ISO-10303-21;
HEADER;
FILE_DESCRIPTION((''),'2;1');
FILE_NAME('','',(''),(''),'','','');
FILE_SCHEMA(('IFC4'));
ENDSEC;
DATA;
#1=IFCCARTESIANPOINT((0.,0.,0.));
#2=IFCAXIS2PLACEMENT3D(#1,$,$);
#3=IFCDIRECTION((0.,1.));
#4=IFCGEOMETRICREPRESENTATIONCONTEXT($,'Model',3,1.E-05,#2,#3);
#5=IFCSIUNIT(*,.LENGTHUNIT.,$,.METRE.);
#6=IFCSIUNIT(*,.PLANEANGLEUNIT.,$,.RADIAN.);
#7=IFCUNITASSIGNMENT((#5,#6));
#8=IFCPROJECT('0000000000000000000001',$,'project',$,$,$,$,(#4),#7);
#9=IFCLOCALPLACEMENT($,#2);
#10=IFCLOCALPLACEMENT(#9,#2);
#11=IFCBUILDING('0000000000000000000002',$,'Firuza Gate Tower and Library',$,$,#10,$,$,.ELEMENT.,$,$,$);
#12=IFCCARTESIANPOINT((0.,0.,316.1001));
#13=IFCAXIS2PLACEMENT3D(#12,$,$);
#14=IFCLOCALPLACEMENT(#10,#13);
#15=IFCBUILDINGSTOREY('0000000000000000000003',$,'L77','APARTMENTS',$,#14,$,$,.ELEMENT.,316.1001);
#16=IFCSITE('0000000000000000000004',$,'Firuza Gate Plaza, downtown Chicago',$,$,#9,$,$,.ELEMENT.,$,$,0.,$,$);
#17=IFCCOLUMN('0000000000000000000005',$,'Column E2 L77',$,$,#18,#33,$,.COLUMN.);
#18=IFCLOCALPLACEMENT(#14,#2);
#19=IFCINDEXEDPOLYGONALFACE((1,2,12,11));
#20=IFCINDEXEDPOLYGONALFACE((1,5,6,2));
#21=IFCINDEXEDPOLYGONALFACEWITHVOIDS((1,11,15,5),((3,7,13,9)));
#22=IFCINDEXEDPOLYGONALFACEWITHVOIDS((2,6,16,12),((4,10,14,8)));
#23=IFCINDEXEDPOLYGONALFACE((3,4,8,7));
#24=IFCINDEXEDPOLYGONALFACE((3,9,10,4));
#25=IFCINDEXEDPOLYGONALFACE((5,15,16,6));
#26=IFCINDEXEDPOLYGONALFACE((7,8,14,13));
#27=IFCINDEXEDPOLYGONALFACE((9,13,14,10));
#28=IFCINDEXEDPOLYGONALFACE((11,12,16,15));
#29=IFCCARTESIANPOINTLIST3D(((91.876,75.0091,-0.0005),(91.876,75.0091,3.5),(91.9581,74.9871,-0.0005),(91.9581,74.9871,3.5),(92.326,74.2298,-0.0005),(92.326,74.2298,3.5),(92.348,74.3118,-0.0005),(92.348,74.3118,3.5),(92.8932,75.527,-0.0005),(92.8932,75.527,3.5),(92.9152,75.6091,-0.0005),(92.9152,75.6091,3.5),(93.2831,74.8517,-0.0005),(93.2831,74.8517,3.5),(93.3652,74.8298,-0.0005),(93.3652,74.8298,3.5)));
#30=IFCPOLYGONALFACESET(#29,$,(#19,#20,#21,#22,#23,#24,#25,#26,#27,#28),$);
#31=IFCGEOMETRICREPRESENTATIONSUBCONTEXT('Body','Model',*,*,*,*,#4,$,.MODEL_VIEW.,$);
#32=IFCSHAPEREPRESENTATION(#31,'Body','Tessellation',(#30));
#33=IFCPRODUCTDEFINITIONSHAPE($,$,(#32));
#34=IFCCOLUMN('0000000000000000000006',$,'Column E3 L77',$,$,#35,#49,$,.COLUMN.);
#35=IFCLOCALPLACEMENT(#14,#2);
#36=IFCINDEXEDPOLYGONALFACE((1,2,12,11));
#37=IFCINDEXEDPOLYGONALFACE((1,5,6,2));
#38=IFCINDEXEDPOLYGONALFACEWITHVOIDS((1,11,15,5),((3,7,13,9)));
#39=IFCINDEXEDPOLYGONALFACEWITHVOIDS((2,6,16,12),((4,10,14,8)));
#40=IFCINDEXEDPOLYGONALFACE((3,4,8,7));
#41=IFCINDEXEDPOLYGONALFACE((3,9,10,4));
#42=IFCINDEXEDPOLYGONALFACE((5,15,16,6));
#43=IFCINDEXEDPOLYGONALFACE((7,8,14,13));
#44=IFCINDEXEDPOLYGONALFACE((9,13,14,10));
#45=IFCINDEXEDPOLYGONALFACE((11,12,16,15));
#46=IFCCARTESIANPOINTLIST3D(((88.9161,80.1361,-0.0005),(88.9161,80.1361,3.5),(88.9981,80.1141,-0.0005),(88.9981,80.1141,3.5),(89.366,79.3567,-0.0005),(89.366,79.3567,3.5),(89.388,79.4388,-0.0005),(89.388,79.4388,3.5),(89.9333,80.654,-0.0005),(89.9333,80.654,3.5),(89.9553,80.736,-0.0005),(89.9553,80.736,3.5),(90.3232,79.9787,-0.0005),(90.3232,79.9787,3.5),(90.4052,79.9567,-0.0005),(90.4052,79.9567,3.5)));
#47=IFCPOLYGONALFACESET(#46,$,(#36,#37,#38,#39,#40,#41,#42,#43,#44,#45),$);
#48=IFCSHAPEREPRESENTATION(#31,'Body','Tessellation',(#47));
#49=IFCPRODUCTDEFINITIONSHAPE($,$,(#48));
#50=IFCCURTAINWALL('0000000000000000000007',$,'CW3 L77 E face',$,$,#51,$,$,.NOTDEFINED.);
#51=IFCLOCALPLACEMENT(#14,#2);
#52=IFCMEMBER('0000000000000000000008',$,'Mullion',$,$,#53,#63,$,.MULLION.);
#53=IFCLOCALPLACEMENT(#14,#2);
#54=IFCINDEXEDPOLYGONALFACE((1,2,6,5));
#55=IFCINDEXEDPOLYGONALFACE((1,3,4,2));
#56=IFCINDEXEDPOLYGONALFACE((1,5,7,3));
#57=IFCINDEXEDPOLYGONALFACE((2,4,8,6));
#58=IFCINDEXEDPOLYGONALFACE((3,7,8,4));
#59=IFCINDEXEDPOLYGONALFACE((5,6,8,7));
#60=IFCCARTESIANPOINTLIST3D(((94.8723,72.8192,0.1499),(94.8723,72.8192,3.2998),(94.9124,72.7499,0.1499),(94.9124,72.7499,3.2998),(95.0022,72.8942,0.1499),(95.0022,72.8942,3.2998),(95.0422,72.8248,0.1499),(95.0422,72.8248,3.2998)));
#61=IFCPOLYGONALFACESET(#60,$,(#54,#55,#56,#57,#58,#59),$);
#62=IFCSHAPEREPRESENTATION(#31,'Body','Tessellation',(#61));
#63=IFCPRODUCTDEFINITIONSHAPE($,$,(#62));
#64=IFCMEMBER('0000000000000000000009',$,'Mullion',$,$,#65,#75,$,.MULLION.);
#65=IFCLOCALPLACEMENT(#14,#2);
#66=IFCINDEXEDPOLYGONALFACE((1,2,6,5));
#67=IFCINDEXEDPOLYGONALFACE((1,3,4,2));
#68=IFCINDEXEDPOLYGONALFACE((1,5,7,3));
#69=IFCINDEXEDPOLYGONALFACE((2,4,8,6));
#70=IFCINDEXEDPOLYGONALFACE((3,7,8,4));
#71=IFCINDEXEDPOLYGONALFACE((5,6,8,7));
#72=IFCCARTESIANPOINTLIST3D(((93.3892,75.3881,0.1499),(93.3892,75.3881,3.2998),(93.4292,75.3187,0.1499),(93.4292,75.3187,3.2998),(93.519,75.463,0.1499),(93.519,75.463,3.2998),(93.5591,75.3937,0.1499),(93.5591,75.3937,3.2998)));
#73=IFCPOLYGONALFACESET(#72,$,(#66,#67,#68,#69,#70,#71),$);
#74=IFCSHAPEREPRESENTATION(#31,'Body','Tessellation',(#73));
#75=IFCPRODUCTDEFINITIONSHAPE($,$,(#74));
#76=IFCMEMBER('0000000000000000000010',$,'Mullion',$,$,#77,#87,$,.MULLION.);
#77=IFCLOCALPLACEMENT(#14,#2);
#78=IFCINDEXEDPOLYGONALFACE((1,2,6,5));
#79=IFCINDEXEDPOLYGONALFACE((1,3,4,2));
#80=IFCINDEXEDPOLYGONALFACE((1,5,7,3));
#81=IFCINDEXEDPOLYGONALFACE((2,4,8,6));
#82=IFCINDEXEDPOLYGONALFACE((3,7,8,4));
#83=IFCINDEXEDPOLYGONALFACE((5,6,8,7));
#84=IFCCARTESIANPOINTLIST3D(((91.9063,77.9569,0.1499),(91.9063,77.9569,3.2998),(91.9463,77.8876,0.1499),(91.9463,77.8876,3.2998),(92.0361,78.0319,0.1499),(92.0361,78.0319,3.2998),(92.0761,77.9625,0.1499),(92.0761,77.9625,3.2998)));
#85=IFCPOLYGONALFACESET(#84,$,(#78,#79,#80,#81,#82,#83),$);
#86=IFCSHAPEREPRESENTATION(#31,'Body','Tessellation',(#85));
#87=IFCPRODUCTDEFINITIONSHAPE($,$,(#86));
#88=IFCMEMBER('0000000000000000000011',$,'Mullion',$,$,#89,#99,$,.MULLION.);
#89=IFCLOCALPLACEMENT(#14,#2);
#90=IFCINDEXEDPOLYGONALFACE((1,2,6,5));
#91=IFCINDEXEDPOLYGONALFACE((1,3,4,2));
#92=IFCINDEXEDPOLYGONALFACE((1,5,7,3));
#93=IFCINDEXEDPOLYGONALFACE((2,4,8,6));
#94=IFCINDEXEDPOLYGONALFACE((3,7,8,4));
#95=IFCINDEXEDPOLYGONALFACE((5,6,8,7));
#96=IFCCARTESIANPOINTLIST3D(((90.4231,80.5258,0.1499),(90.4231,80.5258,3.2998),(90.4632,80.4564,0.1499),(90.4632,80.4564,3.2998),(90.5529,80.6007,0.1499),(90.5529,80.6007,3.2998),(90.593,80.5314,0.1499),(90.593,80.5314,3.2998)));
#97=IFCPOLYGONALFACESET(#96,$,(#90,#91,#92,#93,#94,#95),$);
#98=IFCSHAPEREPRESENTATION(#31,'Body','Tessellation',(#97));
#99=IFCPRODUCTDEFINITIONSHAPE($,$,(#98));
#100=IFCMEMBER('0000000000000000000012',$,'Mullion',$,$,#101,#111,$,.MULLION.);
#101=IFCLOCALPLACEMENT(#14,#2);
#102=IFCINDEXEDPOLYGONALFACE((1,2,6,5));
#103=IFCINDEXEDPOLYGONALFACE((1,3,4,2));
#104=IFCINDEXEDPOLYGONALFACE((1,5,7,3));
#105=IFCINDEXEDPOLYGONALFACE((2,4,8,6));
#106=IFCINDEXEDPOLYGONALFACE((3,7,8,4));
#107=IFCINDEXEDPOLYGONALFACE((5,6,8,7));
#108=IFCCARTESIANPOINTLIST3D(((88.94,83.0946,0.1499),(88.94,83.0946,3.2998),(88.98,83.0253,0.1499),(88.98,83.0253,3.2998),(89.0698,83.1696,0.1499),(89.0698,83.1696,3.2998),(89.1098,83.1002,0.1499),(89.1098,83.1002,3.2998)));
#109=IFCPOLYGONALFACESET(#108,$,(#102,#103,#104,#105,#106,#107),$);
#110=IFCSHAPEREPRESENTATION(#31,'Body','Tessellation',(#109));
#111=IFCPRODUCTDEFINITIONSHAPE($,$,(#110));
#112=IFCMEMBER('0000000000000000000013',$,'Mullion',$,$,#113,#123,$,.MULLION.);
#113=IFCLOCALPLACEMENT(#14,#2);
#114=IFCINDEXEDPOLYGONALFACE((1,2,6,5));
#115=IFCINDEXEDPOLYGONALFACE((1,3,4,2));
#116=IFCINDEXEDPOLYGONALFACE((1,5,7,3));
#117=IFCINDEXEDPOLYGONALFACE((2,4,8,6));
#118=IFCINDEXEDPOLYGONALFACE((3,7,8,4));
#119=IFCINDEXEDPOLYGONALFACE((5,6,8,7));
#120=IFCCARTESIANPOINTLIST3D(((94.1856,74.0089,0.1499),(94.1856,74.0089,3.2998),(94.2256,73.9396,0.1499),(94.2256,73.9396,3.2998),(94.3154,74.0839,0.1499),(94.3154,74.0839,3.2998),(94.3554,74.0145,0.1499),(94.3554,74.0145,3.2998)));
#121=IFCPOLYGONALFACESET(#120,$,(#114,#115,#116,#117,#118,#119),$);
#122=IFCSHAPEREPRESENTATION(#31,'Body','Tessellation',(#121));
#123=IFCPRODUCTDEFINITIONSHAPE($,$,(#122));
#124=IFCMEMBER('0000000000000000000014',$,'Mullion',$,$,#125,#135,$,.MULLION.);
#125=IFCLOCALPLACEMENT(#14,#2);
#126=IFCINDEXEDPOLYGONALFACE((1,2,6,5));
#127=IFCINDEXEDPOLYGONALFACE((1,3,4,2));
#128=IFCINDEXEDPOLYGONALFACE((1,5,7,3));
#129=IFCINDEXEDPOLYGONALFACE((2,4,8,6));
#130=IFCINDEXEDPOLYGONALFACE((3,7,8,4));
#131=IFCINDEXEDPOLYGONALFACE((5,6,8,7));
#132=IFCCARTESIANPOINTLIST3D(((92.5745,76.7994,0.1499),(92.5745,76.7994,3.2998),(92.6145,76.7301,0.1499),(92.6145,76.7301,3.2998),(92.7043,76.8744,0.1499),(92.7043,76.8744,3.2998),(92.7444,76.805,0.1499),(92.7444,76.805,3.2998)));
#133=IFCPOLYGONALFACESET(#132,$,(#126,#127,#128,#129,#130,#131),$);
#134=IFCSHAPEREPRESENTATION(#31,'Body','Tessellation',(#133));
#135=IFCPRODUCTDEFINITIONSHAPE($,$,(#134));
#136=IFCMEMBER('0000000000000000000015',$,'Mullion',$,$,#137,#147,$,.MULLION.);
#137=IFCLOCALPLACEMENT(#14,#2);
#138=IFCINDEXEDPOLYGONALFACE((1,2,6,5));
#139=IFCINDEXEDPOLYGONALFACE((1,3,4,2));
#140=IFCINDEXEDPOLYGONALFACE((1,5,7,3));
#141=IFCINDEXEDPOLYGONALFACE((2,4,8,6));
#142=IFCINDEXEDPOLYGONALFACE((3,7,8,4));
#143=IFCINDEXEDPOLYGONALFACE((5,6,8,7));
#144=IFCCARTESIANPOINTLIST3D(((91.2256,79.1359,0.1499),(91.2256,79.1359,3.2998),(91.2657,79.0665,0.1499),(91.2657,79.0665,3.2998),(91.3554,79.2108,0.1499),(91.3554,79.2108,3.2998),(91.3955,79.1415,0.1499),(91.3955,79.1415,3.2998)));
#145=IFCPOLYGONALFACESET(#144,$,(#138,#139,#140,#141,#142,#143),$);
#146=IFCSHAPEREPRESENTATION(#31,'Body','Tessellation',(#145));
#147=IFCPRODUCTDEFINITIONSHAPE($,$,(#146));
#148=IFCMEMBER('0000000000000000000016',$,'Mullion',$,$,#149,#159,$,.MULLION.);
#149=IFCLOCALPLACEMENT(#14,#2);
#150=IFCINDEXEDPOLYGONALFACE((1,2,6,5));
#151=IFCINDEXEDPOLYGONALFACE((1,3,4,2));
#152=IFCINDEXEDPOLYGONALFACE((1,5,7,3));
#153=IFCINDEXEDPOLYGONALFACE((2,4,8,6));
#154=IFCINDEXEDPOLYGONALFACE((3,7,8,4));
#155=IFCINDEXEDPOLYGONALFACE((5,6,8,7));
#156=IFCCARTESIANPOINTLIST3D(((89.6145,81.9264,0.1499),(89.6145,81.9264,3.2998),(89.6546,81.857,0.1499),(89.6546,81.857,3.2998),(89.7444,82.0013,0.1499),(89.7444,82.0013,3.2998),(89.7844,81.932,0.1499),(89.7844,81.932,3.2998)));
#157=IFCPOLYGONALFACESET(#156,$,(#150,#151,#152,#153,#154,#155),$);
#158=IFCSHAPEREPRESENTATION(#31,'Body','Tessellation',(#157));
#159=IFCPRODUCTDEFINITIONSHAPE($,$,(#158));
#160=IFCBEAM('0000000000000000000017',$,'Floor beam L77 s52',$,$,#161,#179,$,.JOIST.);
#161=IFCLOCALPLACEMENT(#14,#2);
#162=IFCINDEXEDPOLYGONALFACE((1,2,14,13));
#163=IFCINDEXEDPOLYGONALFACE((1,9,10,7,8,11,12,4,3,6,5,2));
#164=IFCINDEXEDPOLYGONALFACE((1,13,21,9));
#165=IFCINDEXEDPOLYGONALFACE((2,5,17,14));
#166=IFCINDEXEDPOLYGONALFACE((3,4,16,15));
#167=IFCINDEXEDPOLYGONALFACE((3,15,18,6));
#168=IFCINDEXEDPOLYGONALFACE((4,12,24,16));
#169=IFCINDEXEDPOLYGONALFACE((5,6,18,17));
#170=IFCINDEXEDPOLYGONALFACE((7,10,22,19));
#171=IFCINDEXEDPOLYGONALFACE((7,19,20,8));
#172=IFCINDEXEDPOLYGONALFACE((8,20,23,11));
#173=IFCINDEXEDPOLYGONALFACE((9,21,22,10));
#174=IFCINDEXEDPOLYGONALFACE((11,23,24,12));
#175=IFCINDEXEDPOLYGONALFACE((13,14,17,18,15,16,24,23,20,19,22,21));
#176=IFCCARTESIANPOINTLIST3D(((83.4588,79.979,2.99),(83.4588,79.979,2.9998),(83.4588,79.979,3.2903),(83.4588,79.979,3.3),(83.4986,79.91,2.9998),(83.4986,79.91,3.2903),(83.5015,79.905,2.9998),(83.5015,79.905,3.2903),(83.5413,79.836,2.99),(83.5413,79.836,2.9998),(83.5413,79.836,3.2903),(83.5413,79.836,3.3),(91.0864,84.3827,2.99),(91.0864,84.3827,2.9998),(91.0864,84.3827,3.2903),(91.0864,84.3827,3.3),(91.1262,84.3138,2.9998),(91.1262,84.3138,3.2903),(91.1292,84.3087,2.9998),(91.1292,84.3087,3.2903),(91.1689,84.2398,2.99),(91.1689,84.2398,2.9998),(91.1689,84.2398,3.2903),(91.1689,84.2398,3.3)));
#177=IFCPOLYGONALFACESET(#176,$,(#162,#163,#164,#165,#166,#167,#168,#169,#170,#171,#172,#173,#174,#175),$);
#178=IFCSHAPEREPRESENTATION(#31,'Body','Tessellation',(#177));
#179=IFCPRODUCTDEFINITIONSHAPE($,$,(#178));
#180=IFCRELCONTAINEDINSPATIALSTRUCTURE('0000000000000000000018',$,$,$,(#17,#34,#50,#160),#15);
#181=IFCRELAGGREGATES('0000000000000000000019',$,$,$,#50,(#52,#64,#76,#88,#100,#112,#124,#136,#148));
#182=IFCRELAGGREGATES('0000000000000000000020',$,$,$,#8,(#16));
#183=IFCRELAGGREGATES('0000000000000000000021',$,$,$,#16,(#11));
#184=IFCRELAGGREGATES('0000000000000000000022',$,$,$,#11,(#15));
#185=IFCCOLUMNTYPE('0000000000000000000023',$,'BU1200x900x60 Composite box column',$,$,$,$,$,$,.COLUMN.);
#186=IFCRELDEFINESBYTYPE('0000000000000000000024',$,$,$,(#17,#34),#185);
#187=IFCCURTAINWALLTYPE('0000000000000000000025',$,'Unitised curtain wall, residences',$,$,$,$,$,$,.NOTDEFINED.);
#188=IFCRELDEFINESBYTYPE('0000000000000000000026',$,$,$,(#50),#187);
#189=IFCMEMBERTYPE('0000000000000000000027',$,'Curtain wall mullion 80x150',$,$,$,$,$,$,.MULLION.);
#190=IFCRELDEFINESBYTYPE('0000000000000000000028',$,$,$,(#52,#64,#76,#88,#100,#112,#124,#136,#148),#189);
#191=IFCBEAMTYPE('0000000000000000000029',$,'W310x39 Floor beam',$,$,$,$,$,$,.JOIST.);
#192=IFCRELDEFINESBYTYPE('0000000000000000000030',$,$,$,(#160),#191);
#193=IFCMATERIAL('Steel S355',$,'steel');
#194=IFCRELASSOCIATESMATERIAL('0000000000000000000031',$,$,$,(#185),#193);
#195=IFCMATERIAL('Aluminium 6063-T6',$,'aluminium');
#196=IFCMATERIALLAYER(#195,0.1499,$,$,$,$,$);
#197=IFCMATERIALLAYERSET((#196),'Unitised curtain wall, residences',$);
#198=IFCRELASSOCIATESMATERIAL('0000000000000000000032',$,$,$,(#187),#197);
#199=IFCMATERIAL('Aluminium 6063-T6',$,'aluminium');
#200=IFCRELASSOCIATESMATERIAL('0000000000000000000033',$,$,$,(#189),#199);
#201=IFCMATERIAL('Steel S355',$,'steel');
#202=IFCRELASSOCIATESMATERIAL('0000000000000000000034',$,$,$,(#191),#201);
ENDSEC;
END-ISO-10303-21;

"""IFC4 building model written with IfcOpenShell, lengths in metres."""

from ifc_helpers import new_model, si_unit, direction, frame, origin, origin_2d, place, context, subcontext, project, spatial, rectangle, hollow_rectangle, i_section, extrude, material, layer, layer_set, material_profile, profile_set, type_object, element, aggregate, save


model = new_model("IFC4")

# Units and contexts
model_context = context("Model", 3, precision=1e-05, world=origin(), true_north=direction((0.0, 1.0)))
body_context = subcontext(model_context, "Body", "Model", "MODEL_VIEW")
ifc_project = project(units=[si_unit("LENGTHUNIT", "METRE"), si_unit("PLANEANGLEUNIT", "RADIAN")], contexts=[model_context])

# Site, building, storey
site_placement = place(None, origin())
site = spatial("IfcSite", under=ifc_project, at=site_placement, Name="Firuza Gate Plaza, downtown Chicago", CompositionType="ELEMENT", RefElevation=0.0)
building_placement = place(site_placement, origin())
building = spatial("IfcBuilding", under=site, at=building_placement, Name="Firuza Gate Tower and Library", CompositionType="ELEMENT")
storey_placement = place(building_placement, frame((0.0, 0.0, 316.1001)))
storey = spatial("IfcBuildingStorey", under=building, at=storey_placement, Name="L77", Description="APARTMENTS", CompositionType="ELEMENT", Elevation=316.1001)

# Columns
ifc_material_1 = material(Name="Steel S355", Category="steel")
ifc_material_profile_1 = material_profile(ifc_material_1, hollow_rectangle(XDim=0.8999, YDim=1.2, WallThickness=0.0601, at=origin_2d()))
ifc_profile_set_1 = profile_set([ifc_material_profile_1], Name="Steel S355")
column_type = type_object("IfcColumnType", Name="BU1200x900x60 Composite box column", PredefinedType="COLUMN", material=ifc_profile_set_1)
for number, where, z_axis, x_axis, name in (
    (1, (92.6206, 74.9194, -0.0005), (0.0, 0.0, 1.0), (-0.5, 0.866025, 0.0), "Column E2 L77"),
    (2, (89.6606, 80.0464, -0.0005), (0.0, 0.0, 1.0), (-0.5, 0.866025, 0.0), "Column E3 L77"),
):
    element("IfcColumn", number, at=place(storey_placement, frame(where, z_axis=z_axis, x_axis=x_axis)), inside=storey, type_object=column_type, Name=name, PredefinedType="COLUMN", context=body_context, shape_type="SweptSolid", body=[
        extrude(hollow_rectangle(XDim=0.8999, YDim=1.2, WallThickness=0.0601, at=origin_2d()), origin(), (0.0, 0.0, 1.0), 3.5005),
    ])

# Curtain wall, members
ifc_material_2 = material(Name="Aluminium 6063-T6", Category="aluminium")
ifc_layer_1 = layer(ifc_material_2, 0.1499)
ifc_layer_set_1 = layer_set([ifc_layer_1], Name="Unitised curtain wall, residences")
curtain_wall_type = type_object("IfcCurtainWallType", Name="Unitised curtain wall, residences", PredefinedType="NOTDEFINED", material=ifc_layer_set_1)
curtain_wall_placement = place(storey_placement, origin())
curtain_wall = element("IfcCurtainWall", 3, at=curtain_wall_placement, inside=storey, type_object=curtain_wall_type, Name="CW3 L77 E face", PredefinedType="NOTDEFINED")
ifc_material_3 = material(Name="Aluminium 6063-T6", Category="aluminium")
ifc_material_profile_2 = material_profile(ifc_material_3, rectangle(XDim=0.1499, YDim=0.0801, at=origin_2d()))
ifc_profile_set_2 = profile_set([ifc_material_profile_2], Name="Aluminium 6063-T6")
member_type = type_object("IfcMemberType", Name="Curtain wall mullion 80x150", PredefinedType="MULLION", material=ifc_profile_set_2)
member_1_placement = place(storey_placement, frame((94.9573, 72.822, 0.1499), z_axis=(0.0, 0.0, 1.0), x_axis=(-0.866025, -0.5, 0.0)))
member_1 = element("IfcMember", 4, at=member_1_placement, type_object=member_type, Name="Mullion", PredefinedType="MULLION", context=body_context, shape_type="SweptSolid", body=[
    extrude(rectangle(XDim=0.1499, YDim=0.0801, at=origin_2d()), origin(), (0.0, 0.0, 1.0), 3.1499),
])
member_2_placement = place(storey_placement, frame((93.4741, 75.3909, 0.1499), z_axis=(0.0, 0.0, 1.0), x_axis=(-0.866025, -0.5, 0.0)))
member_2 = element("IfcMember", 5, at=member_2_placement, type_object=member_type, Name="Mullion", PredefinedType="MULLION", context=body_context, shape_type="SweptSolid", body=[
    extrude(rectangle(XDim=0.1499, YDim=0.0801, at=origin_2d()), origin(), (0.0, 0.0, 1.0), 3.1499),
])
member_3_placement = place(storey_placement, frame((91.9912, 77.9597, 0.1499), z_axis=(0.0, 0.0, 1.0), x_axis=(-0.866025, -0.5, 0.0)))
member_3 = element("IfcMember", 6, at=member_3_placement, type_object=member_type, Name="Mullion", PredefinedType="MULLION", context=body_context, shape_type="SweptSolid", body=[
    extrude(rectangle(XDim=0.1499, YDim=0.0801, at=origin_2d()), origin(), (0.0, 0.0, 1.0), 3.1499),
])
member_4_placement = place(storey_placement, frame((90.5081, 80.5286, 0.1499), z_axis=(0.0, 0.0, 1.0), x_axis=(-0.866025, -0.5, 0.0)))
member_4 = element("IfcMember", 7, at=member_4_placement, type_object=member_type, Name="Mullion", PredefinedType="MULLION", context=body_context, shape_type="SweptSolid", body=[
    extrude(rectangle(XDim=0.1499, YDim=0.0801, at=origin_2d()), origin(), (0.0, 0.0, 1.0), 3.1499),
])
member_5_placement = place(storey_placement, frame((89.0249, 83.0974, 0.1499), z_axis=(0.0, 0.0, 1.0), x_axis=(-0.866025, -0.5, 0.0)))
member_5 = element("IfcMember", 8, at=member_5_placement, type_object=member_type, Name="Mullion", PredefinedType="MULLION", context=body_context, shape_type="SweptSolid", body=[
    extrude(rectangle(XDim=0.1499, YDim=0.0801, at=origin_2d()), origin(), (0.0, 0.0, 1.0), 3.1499),
])
member_6_placement = place(storey_placement, frame((94.2705, 74.0117, 0.1499), z_axis=(0.0, 0.0, 1.0), x_axis=(-0.866025, -0.5, 0.0)))
member_6 = element("IfcMember", 9, at=member_6_placement, type_object=member_type, Name="Mullion", PredefinedType="MULLION", context=body_context, shape_type="SweptSolid", body=[
    extrude(rectangle(XDim=0.1499, YDim=0.0801, at=origin_2d()), origin(), (0.0, 0.0, 1.0), 3.1499),
])
member_7_placement = place(storey_placement, frame((92.6594, 76.8022, 0.1499), z_axis=(0.0, 0.0, 1.0), x_axis=(-0.866025, -0.5, 0.0)))
member_7 = element("IfcMember", 10, at=member_7_placement, type_object=member_type, Name="Mullion", PredefinedType="MULLION", context=body_context, shape_type="SweptSolid", body=[
    extrude(rectangle(XDim=0.1499, YDim=0.0801, at=origin_2d()), origin(), (0.0, 0.0, 1.0), 3.1499),
])
member_8_placement = place(storey_placement, frame((91.3105, 79.1387, 0.1499), z_axis=(0.0, 0.0, 1.0), x_axis=(-0.866025, -0.5, 0.0)))
member_8 = element("IfcMember", 11, at=member_8_placement, type_object=member_type, Name="Mullion", PredefinedType="MULLION", context=body_context, shape_type="SweptSolid", body=[
    extrude(rectangle(XDim=0.1499, YDim=0.0801, at=origin_2d()), origin(), (0.0, 0.0, 1.0), 3.1499),
])
member_9_placement = place(storey_placement, frame((89.6995, 81.9292, 0.1499), z_axis=(0.0, 0.0, 1.0), x_axis=(-0.866025, -0.5, 0.0)))
member_9 = element("IfcMember", 12, at=member_9_placement, type_object=member_type, Name="Mullion", PredefinedType="MULLION", context=body_context, shape_type="SweptSolid", body=[
    extrude(rectangle(XDim=0.1499, YDim=0.0801, at=origin_2d()), origin(), (0.0, 0.0, 1.0), 3.1499),
])

# Beam
ifc_material_4 = material(Name="Steel S355", Category="steel")
ifc_material_profile_3 = material_profile(ifc_material_4, i_section(OverallWidth=0.165, OverallDepth=0.3101, WebThickness=0.0059, FlangeThickness=0.0098, at=origin_2d()))
ifc_profile_set_3 = profile_set([ifc_material_profile_3], Name="Steel S355")
beam_type_1 = type_object("IfcBeamType", Name="W310x39 Floor beam", PredefinedType="JOIST", material=ifc_profile_set_3)
beam_1_placement = place(storey_placement, frame((91.1277, 84.3113, 3.145), z_axis=(-0.866027, -0.499997, 0.0), x_axis=(0.499997, -0.866027, 0.0)))
element("IfcBeam", 13, at=beam_1_placement, inside=storey, type_object=beam_type_1, Name="Floor beam L77 s52", PredefinedType="JOIST", context=body_context, shape_type="SweptSolid", body=[
    extrude(i_section(OverallWidth=0.165, OverallDepth=0.3101, WebThickness=0.0059, FlangeThickness=0.0098, at=origin_2d()), origin(), (0.0, 0.0, 1.0), 8.8076),
])

aggregate(curtain_wall, [member_1, member_2, member_3, member_4, member_5, member_6, member_7, member_8, member_9])

save(model, "model.ifc")
